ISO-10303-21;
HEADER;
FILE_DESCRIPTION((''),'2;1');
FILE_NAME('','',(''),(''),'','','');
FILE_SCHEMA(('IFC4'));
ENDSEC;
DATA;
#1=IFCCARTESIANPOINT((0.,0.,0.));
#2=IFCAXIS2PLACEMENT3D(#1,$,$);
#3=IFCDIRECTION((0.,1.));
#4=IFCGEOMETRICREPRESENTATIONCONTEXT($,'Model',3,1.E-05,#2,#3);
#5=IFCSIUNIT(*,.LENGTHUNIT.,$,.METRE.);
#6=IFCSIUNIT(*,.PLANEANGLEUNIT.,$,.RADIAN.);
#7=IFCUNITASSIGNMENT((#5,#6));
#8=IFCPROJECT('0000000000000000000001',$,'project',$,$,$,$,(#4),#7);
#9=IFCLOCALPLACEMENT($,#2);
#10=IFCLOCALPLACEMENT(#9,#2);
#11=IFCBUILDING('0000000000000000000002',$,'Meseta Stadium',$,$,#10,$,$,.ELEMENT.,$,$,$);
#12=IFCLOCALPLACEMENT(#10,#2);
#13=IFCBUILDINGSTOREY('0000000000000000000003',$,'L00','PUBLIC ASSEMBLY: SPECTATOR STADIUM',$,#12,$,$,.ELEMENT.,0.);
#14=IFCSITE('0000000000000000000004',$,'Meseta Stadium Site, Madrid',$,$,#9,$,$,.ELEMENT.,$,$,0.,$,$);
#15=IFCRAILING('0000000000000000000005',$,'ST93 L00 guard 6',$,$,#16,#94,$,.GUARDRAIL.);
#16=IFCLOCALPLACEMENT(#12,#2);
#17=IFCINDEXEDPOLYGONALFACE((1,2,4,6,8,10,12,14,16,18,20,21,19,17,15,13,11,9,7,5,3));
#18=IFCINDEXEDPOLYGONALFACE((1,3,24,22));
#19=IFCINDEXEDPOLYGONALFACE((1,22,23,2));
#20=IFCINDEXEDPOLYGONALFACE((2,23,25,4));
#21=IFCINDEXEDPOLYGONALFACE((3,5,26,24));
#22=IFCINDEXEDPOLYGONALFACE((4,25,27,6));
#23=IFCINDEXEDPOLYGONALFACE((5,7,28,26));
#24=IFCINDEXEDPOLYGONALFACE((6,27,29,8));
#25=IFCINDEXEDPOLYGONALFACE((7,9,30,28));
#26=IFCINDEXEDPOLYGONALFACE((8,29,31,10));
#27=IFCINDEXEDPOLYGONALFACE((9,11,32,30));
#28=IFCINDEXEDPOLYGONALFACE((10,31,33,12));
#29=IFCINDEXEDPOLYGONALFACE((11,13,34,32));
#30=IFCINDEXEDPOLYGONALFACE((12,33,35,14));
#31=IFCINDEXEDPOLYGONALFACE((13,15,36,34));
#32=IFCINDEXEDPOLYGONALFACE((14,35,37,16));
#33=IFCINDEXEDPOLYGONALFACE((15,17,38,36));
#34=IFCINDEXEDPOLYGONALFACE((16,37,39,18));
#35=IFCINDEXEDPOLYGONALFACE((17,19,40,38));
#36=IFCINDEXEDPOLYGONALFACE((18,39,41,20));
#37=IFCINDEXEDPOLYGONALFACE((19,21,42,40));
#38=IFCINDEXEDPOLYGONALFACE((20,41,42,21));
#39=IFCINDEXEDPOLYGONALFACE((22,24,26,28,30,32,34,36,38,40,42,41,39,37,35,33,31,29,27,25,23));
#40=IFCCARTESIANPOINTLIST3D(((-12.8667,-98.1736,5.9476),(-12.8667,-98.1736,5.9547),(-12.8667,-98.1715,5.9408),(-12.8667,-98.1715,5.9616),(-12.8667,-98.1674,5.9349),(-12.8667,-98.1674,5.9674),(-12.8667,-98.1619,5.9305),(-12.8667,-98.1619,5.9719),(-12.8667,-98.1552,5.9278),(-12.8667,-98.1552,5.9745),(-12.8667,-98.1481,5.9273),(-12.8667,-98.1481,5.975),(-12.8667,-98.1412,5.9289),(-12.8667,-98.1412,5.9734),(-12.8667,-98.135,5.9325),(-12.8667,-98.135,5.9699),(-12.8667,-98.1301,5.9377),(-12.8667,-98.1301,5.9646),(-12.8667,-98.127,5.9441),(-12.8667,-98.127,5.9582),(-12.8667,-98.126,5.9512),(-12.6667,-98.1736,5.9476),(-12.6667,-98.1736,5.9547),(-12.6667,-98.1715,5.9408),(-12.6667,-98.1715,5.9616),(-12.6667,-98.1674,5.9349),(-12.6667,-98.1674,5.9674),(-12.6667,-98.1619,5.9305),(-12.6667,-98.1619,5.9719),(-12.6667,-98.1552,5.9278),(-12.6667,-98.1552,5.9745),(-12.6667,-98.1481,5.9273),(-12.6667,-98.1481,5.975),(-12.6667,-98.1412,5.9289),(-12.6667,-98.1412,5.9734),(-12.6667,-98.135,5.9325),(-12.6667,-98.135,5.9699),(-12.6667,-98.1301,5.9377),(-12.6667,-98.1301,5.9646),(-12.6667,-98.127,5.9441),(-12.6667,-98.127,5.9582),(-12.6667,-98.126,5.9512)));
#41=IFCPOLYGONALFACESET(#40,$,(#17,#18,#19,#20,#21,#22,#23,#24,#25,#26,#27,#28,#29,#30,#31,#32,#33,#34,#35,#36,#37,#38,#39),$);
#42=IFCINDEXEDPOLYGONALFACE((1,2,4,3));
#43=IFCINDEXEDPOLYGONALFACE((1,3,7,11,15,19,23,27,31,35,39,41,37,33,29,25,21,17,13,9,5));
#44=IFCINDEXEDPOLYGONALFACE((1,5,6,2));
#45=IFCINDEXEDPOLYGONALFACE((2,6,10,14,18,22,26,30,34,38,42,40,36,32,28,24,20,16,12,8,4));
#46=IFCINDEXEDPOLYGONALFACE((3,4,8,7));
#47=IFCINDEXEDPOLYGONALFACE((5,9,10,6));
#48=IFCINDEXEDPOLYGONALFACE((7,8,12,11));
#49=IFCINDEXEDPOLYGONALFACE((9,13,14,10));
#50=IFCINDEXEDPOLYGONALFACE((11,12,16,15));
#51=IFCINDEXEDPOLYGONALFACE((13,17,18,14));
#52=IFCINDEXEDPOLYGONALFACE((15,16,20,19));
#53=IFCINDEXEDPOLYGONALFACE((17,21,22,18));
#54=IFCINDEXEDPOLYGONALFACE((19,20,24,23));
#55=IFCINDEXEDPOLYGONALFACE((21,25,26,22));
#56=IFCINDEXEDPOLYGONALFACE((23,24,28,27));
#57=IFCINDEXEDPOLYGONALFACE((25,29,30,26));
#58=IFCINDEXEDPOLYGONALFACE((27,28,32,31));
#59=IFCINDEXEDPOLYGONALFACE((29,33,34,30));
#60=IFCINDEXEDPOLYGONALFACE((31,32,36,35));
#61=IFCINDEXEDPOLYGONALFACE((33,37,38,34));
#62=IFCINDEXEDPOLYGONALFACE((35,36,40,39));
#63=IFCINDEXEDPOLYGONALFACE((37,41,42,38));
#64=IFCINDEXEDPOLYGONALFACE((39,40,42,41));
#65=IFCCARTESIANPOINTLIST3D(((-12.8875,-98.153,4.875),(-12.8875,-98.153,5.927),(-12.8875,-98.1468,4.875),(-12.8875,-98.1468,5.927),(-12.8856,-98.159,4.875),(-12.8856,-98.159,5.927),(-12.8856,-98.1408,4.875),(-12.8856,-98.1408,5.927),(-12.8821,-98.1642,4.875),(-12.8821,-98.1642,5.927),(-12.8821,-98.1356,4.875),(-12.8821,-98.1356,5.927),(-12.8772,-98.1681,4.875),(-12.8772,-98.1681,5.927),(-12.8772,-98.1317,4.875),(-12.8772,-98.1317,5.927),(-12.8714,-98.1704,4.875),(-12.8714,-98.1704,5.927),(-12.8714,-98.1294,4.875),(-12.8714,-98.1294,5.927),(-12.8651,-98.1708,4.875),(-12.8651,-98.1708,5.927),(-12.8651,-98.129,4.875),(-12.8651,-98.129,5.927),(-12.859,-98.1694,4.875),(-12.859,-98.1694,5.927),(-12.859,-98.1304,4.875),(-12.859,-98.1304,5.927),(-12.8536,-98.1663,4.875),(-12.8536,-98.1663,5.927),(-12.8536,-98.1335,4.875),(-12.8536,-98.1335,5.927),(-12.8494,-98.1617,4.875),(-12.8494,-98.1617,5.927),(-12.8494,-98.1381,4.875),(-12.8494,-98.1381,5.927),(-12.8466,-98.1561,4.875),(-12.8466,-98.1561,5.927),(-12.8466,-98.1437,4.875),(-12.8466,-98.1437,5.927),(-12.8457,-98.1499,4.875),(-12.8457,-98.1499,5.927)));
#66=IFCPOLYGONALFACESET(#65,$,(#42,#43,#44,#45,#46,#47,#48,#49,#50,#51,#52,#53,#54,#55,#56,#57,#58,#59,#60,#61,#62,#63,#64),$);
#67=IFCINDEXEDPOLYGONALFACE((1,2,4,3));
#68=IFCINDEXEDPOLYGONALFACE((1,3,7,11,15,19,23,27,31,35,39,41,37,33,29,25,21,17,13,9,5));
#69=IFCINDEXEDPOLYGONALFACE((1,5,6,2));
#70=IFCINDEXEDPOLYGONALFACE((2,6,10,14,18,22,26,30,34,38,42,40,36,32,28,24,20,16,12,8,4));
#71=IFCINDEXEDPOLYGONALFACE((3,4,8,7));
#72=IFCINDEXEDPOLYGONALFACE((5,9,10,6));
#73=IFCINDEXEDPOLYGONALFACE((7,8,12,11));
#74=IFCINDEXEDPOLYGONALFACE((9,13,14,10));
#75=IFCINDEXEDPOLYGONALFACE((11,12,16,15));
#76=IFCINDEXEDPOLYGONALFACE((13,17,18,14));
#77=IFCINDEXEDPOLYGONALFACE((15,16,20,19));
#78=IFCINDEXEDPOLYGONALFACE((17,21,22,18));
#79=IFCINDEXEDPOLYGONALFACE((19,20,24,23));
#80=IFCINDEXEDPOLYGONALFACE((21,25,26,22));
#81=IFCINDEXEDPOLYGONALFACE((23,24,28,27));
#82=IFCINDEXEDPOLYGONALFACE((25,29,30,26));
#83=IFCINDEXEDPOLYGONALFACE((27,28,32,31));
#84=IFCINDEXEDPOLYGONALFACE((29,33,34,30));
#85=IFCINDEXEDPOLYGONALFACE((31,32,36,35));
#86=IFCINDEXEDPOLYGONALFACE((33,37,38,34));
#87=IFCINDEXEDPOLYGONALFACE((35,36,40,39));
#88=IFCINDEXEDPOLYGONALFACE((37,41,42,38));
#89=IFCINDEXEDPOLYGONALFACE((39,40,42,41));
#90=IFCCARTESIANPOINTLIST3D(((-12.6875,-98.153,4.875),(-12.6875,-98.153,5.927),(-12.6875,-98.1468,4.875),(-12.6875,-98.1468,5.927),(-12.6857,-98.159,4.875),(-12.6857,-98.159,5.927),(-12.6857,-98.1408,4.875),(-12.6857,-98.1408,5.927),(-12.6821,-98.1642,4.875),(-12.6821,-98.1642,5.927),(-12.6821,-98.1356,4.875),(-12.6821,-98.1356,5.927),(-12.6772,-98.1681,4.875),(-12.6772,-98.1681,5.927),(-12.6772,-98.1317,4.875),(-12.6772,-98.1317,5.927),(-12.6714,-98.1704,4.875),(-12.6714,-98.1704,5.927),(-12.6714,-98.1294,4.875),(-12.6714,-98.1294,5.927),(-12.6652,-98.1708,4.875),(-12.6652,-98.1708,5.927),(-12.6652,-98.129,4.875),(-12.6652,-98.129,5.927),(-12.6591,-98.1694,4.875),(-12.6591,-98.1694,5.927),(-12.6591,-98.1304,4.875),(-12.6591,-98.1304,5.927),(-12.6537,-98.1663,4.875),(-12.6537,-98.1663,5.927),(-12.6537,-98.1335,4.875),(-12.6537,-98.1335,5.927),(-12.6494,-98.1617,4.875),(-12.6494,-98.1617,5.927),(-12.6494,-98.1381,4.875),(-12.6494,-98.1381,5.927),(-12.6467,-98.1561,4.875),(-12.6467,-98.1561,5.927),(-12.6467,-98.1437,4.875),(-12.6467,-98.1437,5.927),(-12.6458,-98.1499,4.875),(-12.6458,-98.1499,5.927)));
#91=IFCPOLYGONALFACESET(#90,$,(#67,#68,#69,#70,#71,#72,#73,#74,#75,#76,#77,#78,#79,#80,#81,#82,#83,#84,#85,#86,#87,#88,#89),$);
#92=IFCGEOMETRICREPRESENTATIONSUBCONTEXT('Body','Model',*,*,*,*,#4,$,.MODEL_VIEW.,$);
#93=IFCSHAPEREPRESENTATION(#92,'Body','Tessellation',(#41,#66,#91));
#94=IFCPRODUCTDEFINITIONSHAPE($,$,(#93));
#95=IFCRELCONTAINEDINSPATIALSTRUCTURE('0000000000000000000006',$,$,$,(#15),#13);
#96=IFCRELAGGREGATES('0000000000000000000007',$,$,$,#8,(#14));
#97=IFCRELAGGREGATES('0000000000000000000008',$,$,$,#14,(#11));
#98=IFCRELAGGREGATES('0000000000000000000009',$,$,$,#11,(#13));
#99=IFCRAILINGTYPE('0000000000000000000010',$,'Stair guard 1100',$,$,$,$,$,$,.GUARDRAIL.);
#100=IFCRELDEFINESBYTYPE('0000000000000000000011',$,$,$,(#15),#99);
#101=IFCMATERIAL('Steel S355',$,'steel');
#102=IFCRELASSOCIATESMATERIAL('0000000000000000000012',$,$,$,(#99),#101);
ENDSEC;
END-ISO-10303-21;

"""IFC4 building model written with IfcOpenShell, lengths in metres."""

from ifc_helpers import new_model, si_unit, direction, frame, origin, origin_2d, place, context, subcontext, project, spatial, circle, extrude, material, type_object, element, save


model = new_model("IFC4")

# Units and contexts
model_context = context("Model", 3, precision=1e-05, world=origin(), true_north=direction((0.0, 1.0)))
body_context = subcontext(model_context, "Body", "Model", "MODEL_VIEW")
ifc_project = project(units=[si_unit("LENGTHUNIT", "METRE"), si_unit("PLANEANGLEUNIT", "RADIAN")], contexts=[model_context])

# Site, building, storey
site_placement = place(None, origin())
site = spatial("IfcSite", under=ifc_project, at=site_placement, Name="Meseta Stadium Site, Madrid", CompositionType="ELEMENT", RefElevation=0.0)
building_placement = place(site_placement, origin())
building = spatial("IfcBuilding", under=site, at=building_placement, Name="Meseta Stadium", CompositionType="ELEMENT")
storey_placement = place(building_placement, origin())
storey = spatial("IfcBuildingStorey", under=building, at=storey_placement, Name="L00", Description="PUBLIC ASSEMBLY: SPECTATOR STADIUM", CompositionType="ELEMENT", Elevation=0.0)

# Railing
ifc_material_1 = material(Name="Steel S355", Category="steel")
railing_type_1 = type_object("IfcRailingType", Name="Stair guard 1100", PredefinedType="GUARDRAIL", material=ifc_material_1)
railing_1_placement = place(storey_placement, frame((-12.8667, -98.1499, 4.875)))
element("IfcRailing", 1, at=railing_1_placement, inside=storey, type_object=railing_type_1, Name="ST93 L00 guard 6", PredefinedType="GUARDRAIL", context=body_context, shape_type="SweptSolid", body=[
    extrude(circle(Radius=0.0239, at=origin_2d()), frame((0.0, 0.0, 1.0762), z_axis=(1.0, 0.0, 0.0), x_axis=(0.0, 1.0, 0.0)), (0.0, 0.0, 1.0), 0.2),
    extrude(circle(Radius=0.021, at=origin_2d()), origin(), (0.0, 0.0, 1.0), 1.052),
    extrude(circle(Radius=0.021, at=origin_2d()), frame((0.2, 0.0, 0.0)), (0.0, 0.0, 1.0), 1.052),
])

save(model, "model.ifc")
